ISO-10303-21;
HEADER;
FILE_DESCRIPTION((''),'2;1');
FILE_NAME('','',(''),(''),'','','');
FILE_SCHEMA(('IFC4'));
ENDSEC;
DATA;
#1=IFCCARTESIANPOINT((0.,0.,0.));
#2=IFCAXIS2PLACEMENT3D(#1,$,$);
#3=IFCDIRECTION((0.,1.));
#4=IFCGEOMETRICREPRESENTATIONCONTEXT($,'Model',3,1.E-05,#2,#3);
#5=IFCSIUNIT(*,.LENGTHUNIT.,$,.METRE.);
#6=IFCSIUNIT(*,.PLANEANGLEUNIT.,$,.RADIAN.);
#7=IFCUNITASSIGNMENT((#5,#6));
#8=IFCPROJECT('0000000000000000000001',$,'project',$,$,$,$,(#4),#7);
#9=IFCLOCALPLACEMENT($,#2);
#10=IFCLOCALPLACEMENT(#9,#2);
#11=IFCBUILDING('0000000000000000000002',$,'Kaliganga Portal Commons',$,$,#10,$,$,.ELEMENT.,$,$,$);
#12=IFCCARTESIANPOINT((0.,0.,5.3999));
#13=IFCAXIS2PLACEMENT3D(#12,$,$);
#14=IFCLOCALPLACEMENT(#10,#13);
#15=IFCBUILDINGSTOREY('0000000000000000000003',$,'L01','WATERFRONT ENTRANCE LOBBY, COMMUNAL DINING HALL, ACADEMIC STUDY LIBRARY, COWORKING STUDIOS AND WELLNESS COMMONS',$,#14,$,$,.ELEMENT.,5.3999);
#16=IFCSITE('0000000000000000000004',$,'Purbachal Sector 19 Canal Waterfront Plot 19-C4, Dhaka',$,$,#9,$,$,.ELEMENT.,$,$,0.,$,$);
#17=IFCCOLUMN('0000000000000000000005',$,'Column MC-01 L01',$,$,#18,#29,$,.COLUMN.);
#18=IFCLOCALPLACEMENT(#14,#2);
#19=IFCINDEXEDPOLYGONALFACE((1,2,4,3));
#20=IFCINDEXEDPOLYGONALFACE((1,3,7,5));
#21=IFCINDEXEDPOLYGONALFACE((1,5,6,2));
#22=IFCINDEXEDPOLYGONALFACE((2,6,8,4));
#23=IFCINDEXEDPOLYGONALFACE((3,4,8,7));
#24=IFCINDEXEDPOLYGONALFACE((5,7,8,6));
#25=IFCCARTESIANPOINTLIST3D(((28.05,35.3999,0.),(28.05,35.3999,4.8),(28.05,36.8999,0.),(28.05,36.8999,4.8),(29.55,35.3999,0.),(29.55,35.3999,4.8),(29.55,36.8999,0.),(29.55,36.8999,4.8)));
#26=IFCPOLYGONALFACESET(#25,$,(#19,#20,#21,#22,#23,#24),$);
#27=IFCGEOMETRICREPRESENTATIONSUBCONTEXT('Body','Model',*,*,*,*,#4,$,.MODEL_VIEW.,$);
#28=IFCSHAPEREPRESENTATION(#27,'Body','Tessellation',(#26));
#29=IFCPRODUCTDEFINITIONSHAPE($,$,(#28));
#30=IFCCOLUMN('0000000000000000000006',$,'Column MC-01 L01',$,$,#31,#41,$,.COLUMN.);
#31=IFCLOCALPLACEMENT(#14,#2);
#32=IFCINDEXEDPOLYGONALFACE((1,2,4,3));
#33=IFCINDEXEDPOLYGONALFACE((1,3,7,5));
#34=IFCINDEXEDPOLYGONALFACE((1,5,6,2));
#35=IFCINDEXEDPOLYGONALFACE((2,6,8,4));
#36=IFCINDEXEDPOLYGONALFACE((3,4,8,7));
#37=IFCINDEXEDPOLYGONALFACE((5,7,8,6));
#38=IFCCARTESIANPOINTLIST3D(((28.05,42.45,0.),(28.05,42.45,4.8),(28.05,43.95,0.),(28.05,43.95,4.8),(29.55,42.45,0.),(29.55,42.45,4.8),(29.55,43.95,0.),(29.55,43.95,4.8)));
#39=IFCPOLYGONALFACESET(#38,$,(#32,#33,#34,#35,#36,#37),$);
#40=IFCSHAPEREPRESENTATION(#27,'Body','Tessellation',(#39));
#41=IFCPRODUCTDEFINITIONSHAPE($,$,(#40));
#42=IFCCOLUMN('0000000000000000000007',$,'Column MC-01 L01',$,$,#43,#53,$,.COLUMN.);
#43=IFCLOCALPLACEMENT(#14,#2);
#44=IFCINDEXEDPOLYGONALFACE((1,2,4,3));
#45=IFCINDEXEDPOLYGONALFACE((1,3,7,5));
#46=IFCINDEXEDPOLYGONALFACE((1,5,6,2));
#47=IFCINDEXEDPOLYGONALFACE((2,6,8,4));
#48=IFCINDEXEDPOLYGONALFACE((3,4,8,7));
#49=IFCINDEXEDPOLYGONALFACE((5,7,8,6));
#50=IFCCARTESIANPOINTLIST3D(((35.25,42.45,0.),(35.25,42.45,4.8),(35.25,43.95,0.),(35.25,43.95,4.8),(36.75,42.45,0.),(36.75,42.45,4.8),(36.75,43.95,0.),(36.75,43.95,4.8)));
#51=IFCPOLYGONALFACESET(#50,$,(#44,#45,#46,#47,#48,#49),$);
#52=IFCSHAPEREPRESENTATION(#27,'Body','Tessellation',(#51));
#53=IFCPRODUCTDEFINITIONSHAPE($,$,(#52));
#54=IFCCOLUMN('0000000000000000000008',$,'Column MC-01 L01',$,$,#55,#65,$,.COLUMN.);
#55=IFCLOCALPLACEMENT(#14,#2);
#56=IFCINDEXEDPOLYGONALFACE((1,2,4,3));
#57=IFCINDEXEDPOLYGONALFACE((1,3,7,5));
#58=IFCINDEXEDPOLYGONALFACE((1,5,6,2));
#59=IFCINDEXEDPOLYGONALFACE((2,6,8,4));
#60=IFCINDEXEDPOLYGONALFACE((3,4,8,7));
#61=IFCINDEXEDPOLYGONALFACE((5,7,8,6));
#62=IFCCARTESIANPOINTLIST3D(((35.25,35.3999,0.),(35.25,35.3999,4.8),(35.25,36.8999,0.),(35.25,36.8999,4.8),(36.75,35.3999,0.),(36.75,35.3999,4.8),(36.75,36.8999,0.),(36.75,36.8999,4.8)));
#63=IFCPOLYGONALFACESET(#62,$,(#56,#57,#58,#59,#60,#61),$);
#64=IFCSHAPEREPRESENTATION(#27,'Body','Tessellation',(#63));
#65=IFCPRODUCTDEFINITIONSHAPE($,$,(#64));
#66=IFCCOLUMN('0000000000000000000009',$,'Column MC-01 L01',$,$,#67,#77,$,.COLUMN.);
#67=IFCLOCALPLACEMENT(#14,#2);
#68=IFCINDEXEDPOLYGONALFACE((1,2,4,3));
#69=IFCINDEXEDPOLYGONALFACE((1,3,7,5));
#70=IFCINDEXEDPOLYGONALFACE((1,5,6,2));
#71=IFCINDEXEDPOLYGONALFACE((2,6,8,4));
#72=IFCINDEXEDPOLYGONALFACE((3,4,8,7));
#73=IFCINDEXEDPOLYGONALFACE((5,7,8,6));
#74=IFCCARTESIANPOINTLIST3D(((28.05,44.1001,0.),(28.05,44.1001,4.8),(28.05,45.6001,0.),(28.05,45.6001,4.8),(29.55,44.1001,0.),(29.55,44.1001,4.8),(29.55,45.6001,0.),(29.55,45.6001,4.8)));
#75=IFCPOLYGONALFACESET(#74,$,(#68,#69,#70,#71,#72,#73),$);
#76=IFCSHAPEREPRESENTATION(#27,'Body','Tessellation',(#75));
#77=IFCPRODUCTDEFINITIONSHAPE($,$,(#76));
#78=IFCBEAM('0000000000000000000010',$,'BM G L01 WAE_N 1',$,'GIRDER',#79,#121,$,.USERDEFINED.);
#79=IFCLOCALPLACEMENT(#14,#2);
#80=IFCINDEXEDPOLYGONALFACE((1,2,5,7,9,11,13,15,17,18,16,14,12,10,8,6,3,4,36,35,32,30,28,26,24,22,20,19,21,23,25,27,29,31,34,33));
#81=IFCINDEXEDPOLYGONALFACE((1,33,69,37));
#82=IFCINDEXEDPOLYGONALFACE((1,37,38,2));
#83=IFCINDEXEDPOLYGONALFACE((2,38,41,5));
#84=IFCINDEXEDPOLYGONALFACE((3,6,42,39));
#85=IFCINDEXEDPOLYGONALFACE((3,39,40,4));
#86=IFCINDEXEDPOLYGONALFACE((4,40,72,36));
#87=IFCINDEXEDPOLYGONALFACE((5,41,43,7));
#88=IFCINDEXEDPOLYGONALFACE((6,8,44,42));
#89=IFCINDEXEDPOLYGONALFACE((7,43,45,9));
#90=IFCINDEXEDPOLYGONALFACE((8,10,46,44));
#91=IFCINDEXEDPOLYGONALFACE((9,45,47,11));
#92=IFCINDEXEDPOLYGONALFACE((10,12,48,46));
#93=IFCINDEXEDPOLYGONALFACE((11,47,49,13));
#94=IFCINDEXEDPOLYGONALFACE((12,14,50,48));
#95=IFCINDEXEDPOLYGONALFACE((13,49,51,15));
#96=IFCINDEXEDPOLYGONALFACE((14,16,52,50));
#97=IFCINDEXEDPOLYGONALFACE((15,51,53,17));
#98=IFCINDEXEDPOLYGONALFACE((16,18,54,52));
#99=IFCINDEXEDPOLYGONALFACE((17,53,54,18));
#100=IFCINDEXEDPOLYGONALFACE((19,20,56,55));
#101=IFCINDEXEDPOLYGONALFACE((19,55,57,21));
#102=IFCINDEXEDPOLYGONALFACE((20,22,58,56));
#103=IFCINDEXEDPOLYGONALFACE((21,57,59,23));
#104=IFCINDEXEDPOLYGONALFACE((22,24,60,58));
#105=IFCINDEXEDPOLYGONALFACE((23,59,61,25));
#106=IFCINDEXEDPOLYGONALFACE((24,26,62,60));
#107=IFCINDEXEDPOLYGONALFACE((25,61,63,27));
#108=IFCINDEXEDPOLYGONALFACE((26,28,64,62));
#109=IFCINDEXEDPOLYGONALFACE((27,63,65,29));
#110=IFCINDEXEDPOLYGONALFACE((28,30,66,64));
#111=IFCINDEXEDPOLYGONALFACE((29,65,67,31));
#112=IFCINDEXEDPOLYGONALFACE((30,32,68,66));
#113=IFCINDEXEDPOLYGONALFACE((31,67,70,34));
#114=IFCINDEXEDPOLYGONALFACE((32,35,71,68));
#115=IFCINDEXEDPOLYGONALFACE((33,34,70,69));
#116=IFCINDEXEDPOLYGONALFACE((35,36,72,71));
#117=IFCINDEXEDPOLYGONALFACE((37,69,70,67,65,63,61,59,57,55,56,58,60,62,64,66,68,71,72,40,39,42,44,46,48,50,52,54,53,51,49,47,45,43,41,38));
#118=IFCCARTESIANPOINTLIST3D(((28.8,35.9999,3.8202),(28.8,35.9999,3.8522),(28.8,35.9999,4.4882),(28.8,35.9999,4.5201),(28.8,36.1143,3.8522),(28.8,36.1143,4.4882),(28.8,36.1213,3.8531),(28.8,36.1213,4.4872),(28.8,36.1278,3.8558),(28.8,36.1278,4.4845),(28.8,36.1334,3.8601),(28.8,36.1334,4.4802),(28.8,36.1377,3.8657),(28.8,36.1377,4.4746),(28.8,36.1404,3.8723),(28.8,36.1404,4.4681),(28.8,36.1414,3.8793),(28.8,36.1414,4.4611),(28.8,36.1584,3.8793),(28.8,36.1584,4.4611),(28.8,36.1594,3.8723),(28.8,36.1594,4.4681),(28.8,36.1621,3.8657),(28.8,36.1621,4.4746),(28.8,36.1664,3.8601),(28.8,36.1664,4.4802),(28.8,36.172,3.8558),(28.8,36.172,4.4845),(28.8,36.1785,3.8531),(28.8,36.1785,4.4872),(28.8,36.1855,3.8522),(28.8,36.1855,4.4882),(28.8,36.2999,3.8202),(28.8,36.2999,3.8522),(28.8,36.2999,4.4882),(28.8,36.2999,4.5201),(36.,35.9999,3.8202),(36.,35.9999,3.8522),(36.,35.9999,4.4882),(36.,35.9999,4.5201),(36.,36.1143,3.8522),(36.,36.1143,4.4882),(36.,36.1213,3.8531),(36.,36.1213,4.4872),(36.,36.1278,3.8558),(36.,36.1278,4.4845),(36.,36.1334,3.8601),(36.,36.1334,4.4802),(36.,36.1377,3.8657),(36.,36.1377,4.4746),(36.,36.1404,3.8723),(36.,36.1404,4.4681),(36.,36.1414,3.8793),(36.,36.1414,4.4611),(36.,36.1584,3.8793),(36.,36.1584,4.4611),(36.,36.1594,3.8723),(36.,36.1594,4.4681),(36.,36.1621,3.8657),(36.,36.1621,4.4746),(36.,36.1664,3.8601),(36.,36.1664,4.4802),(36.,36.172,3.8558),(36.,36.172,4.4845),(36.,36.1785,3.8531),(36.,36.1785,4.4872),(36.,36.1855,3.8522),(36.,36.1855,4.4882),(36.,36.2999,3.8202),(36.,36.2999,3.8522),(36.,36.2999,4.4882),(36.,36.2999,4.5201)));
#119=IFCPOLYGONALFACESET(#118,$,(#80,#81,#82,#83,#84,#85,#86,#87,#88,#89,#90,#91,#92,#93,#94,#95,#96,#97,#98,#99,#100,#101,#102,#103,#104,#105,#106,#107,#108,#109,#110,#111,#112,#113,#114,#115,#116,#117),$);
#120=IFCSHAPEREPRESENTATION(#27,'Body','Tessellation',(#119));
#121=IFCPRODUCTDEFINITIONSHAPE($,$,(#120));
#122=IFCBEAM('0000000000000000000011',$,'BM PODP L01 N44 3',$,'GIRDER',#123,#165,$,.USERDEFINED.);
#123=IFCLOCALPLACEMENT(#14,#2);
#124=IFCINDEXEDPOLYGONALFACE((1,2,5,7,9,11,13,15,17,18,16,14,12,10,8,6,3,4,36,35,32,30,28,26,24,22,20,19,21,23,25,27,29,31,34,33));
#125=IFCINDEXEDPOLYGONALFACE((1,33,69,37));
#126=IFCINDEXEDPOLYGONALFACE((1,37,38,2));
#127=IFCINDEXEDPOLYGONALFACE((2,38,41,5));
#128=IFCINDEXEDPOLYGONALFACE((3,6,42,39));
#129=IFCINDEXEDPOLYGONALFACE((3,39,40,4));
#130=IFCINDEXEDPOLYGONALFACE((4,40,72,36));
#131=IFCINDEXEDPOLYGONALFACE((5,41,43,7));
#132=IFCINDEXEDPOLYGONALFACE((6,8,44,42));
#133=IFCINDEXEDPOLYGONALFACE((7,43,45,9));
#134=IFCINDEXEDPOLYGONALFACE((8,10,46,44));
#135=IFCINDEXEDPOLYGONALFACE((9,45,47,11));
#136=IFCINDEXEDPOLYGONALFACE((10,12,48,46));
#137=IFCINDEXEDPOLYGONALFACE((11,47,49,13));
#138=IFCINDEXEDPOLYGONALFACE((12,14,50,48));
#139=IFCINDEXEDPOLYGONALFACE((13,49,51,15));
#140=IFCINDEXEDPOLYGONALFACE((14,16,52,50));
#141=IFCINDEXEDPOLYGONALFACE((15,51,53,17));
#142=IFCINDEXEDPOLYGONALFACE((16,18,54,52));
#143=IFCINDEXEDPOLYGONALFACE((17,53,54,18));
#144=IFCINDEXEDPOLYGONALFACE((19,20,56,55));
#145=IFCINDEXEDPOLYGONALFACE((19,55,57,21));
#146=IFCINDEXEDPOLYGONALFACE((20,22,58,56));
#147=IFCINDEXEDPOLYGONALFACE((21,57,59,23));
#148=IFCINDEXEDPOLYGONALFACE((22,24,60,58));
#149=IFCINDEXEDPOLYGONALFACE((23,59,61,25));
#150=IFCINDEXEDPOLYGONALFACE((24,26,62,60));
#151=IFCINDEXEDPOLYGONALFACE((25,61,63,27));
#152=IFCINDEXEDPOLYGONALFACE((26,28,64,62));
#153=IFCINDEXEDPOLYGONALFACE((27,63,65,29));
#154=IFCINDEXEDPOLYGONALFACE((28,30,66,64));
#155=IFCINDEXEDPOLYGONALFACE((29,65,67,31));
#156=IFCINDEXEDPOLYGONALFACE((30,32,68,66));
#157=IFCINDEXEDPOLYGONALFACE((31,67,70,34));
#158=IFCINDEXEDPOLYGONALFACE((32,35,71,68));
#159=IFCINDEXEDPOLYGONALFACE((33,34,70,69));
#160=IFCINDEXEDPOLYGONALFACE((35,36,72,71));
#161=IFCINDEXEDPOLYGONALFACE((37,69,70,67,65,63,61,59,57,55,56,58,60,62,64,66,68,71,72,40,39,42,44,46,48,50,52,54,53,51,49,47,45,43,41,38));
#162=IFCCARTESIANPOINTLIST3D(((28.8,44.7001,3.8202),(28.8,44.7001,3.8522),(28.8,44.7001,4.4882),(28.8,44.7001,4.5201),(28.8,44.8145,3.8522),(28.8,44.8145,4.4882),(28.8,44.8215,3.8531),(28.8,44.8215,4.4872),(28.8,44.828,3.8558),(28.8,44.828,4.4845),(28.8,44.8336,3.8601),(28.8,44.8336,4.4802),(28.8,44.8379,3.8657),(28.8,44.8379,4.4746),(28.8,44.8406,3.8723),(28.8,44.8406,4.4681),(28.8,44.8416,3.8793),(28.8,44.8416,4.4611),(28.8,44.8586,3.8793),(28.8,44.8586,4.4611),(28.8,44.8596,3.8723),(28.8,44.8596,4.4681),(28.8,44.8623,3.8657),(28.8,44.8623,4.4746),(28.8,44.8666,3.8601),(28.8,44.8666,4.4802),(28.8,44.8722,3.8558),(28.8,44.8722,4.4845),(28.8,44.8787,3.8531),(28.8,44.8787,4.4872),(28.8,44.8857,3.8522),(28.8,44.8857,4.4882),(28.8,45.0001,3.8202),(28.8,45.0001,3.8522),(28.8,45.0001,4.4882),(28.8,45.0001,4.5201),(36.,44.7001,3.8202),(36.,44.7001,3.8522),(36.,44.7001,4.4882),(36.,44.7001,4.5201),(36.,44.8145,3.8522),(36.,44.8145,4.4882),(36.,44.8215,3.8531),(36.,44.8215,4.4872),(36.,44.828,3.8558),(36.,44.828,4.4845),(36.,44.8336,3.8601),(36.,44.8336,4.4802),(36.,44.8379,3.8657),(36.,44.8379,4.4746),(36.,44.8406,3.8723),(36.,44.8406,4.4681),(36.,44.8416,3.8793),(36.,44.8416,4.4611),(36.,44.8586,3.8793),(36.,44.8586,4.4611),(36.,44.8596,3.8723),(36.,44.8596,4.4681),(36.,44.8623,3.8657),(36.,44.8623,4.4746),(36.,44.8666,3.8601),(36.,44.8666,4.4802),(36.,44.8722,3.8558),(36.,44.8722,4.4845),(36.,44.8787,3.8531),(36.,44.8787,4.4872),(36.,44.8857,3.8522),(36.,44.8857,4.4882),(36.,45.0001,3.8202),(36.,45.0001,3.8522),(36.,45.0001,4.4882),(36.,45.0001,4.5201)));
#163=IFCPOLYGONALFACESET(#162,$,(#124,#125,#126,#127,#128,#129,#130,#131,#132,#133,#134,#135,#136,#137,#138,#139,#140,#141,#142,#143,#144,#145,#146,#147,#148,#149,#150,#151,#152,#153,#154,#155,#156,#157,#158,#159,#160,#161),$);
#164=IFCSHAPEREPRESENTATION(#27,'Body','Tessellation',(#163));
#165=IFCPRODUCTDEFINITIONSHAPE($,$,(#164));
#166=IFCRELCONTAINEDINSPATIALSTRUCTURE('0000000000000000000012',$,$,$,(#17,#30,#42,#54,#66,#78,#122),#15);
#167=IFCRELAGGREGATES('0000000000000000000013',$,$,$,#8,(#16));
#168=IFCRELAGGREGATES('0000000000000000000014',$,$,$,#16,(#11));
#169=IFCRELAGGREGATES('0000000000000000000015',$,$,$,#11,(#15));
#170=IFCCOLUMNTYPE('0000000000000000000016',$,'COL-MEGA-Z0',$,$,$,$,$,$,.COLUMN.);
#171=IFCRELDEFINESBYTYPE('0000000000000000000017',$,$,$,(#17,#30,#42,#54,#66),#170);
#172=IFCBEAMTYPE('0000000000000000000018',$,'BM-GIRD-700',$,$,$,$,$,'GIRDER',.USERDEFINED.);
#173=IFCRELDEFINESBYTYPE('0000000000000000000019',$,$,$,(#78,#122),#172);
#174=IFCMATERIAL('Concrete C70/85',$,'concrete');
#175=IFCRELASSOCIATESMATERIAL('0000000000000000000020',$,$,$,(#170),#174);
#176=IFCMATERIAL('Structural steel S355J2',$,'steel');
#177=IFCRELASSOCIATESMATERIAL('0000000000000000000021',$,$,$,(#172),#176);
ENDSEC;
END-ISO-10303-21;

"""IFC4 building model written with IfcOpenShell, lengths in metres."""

from ifc_helpers import new_model, si_unit, direction, frame, origin, origin_2d, place, context, subcontext, project, spatial, rectangle, i_section, extrude, source, transform, mapped, material, material_profile, profile_set, type_object, element, save


model = new_model("IFC4")

# Units and contexts
model_context = context("Model", 3, precision=1e-05, world=origin(), true_north=direction((0.0, 1.0)))
body_context = subcontext(model_context, "Body", "Model", "MODEL_VIEW")
ifc_project = project(units=[si_unit("LENGTHUNIT", "METRE"), si_unit("PLANEANGLEUNIT", "RADIAN")], contexts=[model_context])

# Site, building, storey
site_placement = place(None, origin())
site = spatial("IfcSite", under=ifc_project, at=site_placement, Name="Purbachal Sector 19 Canal Waterfront Plot 19-C4, Dhaka", CompositionType="ELEMENT", RefElevation=0.0)
building_placement = place(site_placement, origin())
building = spatial("IfcBuilding", under=site, at=building_placement, Name="Kaliganga Portal Commons", CompositionType="ELEMENT")
storey_placement = place(building_placement, frame((0.0, 0.0, 5.3999)))
storey = spatial("IfcBuildingStorey", under=building, at=storey_placement, Name="L01", Description="WATERFRONT ENTRANCE LOBBY, COMMUNAL DINING HALL, ACADEMIC STUDY LIBRARY, COWORKING STUDIOS AND WELLNESS COMMONS", CompositionType="ELEMENT", Elevation=5.3999)

# Columns
ifc_material_1 = material(Name="Concrete C70/85", Category="concrete")
ifc_material_profile_1 = material_profile(ifc_material_1, rectangle(XDim=1.5, YDim=1.5, at=origin_2d()), Name="RC 1500x1500")
ifc_profile_set_1 = profile_set([ifc_material_profile_1], Name="Concrete C70/85")
column_type = type_object("IfcColumnType", Name="COL-MEGA-Z0", PredefinedType="COLUMN", material=ifc_profile_set_1)
shared_shape_1 = source(origin(), body_context, "Body", "SweptSolid", [
    extrude(rectangle(XDim=1.5, YDim=1.5, at=origin_2d()), origin(), (0.0, 0.0, 1.0), 4.8),
])
for number, where, z_axis, x_axis, name in (
    (1, (28.8, 36.1499, 0.0), (0.0, 0.0, 1.0), (1.0, 0.0, 0.0), "Column MC-01 L01"),
    (2, (28.8, 43.2, 0.0), (0.0, 0.0, 1.0), (1.0, 0.0, 0.0), "Column MC-01 L01"),
    (3, (36.0, 43.2, 0.0), (0.0, 0.0, 1.0), (1.0, 0.0, 0.0), "Column MC-01 L01"),
    (4, (36.0, 36.1499, 0.0), (0.0, 0.0, 1.0), (1.0, 0.0, 0.0), "Column MC-01 L01"),
    (5, (28.8, 44.8501, 0.0), (0.0, 0.0, 1.0), (1.0, 0.0, 0.0), "Column MC-01 L01"),
):
    element("IfcColumn", number, at=place(storey_placement, frame(where, z_axis=z_axis, x_axis=x_axis)), inside=storey, type_object=column_type, Name=name, PredefinedType="COLUMN", context=body_context, shape_type="MappedRepresentation", body=[
        mapped(shared_shape_1, transform((0.0, 0.0, 0.0), x_axis=(1.0, 0.0, 0.0), y_axis=(0.0, 1.0, 0.0), z_axis=(0.0, 0.0, 1.0), scale=1.0)),
    ])

# Beams
ifc_material_2 = material(Name="Structural steel S355J2", Category="steel")
ifc_material_profile_2 = material_profile(ifc_material_2, i_section(OverallWidth=0.3, OverallDepth=0.7, WebThickness=0.0171, FlangeThickness=0.032, FilletRadius=0.0271, at=origin_2d()), Name="HE 700 B")
ifc_profile_set_2 = profile_set([ifc_material_profile_2], Name="Structural steel S355J2 wide-flange")
beam_type_1 = type_object("IfcBeamType", Name="BM-GIRD-700", ElementType="GIRDER", PredefinedType="USERDEFINED", material=ifc_profile_set_2)
shared_shape_2 = source(origin(), body_context, "Body", "SweptSolid", [
    extrude(i_section(OverallWidth=0.3, OverallDepth=0.7, WebThickness=0.0171, FlangeThickness=0.032, FilletRadius=0.0271, at=origin_2d()), origin(), (0.0, 0.0, 1.0), 7.2),
])
for number, where, z_axis, x_axis, name in (
    (6, (28.8, 36.1499, 4.1702), (1.0, 0.0, 0.0), (0.0, 1.0, 0.0), "BM G L01 WAE_N 1"),
    (7, (28.8, 44.8501, 4.1702), (1.0, 0.0, 0.0), (0.0, 1.0, 0.0), "BM PODP L01 N44 3"),
):
    element("IfcBeam", number, at=place(storey_placement, frame(where, z_axis=z_axis, x_axis=x_axis)), inside=storey, type_object=beam_type_1, Name=name, ObjectType="GIRDER", PredefinedType="USERDEFINED", context=body_context, shape_type="MappedRepresentation", body=[
        mapped(shared_shape_2, transform((0.0, 0.0, 0.0), x_axis=(1.0, 0.0, 0.0), y_axis=(0.0, 1.0, 0.0), z_axis=(0.0, 0.0, 1.0), scale=1.0)),
    ])

save(model, "model.ifc")
